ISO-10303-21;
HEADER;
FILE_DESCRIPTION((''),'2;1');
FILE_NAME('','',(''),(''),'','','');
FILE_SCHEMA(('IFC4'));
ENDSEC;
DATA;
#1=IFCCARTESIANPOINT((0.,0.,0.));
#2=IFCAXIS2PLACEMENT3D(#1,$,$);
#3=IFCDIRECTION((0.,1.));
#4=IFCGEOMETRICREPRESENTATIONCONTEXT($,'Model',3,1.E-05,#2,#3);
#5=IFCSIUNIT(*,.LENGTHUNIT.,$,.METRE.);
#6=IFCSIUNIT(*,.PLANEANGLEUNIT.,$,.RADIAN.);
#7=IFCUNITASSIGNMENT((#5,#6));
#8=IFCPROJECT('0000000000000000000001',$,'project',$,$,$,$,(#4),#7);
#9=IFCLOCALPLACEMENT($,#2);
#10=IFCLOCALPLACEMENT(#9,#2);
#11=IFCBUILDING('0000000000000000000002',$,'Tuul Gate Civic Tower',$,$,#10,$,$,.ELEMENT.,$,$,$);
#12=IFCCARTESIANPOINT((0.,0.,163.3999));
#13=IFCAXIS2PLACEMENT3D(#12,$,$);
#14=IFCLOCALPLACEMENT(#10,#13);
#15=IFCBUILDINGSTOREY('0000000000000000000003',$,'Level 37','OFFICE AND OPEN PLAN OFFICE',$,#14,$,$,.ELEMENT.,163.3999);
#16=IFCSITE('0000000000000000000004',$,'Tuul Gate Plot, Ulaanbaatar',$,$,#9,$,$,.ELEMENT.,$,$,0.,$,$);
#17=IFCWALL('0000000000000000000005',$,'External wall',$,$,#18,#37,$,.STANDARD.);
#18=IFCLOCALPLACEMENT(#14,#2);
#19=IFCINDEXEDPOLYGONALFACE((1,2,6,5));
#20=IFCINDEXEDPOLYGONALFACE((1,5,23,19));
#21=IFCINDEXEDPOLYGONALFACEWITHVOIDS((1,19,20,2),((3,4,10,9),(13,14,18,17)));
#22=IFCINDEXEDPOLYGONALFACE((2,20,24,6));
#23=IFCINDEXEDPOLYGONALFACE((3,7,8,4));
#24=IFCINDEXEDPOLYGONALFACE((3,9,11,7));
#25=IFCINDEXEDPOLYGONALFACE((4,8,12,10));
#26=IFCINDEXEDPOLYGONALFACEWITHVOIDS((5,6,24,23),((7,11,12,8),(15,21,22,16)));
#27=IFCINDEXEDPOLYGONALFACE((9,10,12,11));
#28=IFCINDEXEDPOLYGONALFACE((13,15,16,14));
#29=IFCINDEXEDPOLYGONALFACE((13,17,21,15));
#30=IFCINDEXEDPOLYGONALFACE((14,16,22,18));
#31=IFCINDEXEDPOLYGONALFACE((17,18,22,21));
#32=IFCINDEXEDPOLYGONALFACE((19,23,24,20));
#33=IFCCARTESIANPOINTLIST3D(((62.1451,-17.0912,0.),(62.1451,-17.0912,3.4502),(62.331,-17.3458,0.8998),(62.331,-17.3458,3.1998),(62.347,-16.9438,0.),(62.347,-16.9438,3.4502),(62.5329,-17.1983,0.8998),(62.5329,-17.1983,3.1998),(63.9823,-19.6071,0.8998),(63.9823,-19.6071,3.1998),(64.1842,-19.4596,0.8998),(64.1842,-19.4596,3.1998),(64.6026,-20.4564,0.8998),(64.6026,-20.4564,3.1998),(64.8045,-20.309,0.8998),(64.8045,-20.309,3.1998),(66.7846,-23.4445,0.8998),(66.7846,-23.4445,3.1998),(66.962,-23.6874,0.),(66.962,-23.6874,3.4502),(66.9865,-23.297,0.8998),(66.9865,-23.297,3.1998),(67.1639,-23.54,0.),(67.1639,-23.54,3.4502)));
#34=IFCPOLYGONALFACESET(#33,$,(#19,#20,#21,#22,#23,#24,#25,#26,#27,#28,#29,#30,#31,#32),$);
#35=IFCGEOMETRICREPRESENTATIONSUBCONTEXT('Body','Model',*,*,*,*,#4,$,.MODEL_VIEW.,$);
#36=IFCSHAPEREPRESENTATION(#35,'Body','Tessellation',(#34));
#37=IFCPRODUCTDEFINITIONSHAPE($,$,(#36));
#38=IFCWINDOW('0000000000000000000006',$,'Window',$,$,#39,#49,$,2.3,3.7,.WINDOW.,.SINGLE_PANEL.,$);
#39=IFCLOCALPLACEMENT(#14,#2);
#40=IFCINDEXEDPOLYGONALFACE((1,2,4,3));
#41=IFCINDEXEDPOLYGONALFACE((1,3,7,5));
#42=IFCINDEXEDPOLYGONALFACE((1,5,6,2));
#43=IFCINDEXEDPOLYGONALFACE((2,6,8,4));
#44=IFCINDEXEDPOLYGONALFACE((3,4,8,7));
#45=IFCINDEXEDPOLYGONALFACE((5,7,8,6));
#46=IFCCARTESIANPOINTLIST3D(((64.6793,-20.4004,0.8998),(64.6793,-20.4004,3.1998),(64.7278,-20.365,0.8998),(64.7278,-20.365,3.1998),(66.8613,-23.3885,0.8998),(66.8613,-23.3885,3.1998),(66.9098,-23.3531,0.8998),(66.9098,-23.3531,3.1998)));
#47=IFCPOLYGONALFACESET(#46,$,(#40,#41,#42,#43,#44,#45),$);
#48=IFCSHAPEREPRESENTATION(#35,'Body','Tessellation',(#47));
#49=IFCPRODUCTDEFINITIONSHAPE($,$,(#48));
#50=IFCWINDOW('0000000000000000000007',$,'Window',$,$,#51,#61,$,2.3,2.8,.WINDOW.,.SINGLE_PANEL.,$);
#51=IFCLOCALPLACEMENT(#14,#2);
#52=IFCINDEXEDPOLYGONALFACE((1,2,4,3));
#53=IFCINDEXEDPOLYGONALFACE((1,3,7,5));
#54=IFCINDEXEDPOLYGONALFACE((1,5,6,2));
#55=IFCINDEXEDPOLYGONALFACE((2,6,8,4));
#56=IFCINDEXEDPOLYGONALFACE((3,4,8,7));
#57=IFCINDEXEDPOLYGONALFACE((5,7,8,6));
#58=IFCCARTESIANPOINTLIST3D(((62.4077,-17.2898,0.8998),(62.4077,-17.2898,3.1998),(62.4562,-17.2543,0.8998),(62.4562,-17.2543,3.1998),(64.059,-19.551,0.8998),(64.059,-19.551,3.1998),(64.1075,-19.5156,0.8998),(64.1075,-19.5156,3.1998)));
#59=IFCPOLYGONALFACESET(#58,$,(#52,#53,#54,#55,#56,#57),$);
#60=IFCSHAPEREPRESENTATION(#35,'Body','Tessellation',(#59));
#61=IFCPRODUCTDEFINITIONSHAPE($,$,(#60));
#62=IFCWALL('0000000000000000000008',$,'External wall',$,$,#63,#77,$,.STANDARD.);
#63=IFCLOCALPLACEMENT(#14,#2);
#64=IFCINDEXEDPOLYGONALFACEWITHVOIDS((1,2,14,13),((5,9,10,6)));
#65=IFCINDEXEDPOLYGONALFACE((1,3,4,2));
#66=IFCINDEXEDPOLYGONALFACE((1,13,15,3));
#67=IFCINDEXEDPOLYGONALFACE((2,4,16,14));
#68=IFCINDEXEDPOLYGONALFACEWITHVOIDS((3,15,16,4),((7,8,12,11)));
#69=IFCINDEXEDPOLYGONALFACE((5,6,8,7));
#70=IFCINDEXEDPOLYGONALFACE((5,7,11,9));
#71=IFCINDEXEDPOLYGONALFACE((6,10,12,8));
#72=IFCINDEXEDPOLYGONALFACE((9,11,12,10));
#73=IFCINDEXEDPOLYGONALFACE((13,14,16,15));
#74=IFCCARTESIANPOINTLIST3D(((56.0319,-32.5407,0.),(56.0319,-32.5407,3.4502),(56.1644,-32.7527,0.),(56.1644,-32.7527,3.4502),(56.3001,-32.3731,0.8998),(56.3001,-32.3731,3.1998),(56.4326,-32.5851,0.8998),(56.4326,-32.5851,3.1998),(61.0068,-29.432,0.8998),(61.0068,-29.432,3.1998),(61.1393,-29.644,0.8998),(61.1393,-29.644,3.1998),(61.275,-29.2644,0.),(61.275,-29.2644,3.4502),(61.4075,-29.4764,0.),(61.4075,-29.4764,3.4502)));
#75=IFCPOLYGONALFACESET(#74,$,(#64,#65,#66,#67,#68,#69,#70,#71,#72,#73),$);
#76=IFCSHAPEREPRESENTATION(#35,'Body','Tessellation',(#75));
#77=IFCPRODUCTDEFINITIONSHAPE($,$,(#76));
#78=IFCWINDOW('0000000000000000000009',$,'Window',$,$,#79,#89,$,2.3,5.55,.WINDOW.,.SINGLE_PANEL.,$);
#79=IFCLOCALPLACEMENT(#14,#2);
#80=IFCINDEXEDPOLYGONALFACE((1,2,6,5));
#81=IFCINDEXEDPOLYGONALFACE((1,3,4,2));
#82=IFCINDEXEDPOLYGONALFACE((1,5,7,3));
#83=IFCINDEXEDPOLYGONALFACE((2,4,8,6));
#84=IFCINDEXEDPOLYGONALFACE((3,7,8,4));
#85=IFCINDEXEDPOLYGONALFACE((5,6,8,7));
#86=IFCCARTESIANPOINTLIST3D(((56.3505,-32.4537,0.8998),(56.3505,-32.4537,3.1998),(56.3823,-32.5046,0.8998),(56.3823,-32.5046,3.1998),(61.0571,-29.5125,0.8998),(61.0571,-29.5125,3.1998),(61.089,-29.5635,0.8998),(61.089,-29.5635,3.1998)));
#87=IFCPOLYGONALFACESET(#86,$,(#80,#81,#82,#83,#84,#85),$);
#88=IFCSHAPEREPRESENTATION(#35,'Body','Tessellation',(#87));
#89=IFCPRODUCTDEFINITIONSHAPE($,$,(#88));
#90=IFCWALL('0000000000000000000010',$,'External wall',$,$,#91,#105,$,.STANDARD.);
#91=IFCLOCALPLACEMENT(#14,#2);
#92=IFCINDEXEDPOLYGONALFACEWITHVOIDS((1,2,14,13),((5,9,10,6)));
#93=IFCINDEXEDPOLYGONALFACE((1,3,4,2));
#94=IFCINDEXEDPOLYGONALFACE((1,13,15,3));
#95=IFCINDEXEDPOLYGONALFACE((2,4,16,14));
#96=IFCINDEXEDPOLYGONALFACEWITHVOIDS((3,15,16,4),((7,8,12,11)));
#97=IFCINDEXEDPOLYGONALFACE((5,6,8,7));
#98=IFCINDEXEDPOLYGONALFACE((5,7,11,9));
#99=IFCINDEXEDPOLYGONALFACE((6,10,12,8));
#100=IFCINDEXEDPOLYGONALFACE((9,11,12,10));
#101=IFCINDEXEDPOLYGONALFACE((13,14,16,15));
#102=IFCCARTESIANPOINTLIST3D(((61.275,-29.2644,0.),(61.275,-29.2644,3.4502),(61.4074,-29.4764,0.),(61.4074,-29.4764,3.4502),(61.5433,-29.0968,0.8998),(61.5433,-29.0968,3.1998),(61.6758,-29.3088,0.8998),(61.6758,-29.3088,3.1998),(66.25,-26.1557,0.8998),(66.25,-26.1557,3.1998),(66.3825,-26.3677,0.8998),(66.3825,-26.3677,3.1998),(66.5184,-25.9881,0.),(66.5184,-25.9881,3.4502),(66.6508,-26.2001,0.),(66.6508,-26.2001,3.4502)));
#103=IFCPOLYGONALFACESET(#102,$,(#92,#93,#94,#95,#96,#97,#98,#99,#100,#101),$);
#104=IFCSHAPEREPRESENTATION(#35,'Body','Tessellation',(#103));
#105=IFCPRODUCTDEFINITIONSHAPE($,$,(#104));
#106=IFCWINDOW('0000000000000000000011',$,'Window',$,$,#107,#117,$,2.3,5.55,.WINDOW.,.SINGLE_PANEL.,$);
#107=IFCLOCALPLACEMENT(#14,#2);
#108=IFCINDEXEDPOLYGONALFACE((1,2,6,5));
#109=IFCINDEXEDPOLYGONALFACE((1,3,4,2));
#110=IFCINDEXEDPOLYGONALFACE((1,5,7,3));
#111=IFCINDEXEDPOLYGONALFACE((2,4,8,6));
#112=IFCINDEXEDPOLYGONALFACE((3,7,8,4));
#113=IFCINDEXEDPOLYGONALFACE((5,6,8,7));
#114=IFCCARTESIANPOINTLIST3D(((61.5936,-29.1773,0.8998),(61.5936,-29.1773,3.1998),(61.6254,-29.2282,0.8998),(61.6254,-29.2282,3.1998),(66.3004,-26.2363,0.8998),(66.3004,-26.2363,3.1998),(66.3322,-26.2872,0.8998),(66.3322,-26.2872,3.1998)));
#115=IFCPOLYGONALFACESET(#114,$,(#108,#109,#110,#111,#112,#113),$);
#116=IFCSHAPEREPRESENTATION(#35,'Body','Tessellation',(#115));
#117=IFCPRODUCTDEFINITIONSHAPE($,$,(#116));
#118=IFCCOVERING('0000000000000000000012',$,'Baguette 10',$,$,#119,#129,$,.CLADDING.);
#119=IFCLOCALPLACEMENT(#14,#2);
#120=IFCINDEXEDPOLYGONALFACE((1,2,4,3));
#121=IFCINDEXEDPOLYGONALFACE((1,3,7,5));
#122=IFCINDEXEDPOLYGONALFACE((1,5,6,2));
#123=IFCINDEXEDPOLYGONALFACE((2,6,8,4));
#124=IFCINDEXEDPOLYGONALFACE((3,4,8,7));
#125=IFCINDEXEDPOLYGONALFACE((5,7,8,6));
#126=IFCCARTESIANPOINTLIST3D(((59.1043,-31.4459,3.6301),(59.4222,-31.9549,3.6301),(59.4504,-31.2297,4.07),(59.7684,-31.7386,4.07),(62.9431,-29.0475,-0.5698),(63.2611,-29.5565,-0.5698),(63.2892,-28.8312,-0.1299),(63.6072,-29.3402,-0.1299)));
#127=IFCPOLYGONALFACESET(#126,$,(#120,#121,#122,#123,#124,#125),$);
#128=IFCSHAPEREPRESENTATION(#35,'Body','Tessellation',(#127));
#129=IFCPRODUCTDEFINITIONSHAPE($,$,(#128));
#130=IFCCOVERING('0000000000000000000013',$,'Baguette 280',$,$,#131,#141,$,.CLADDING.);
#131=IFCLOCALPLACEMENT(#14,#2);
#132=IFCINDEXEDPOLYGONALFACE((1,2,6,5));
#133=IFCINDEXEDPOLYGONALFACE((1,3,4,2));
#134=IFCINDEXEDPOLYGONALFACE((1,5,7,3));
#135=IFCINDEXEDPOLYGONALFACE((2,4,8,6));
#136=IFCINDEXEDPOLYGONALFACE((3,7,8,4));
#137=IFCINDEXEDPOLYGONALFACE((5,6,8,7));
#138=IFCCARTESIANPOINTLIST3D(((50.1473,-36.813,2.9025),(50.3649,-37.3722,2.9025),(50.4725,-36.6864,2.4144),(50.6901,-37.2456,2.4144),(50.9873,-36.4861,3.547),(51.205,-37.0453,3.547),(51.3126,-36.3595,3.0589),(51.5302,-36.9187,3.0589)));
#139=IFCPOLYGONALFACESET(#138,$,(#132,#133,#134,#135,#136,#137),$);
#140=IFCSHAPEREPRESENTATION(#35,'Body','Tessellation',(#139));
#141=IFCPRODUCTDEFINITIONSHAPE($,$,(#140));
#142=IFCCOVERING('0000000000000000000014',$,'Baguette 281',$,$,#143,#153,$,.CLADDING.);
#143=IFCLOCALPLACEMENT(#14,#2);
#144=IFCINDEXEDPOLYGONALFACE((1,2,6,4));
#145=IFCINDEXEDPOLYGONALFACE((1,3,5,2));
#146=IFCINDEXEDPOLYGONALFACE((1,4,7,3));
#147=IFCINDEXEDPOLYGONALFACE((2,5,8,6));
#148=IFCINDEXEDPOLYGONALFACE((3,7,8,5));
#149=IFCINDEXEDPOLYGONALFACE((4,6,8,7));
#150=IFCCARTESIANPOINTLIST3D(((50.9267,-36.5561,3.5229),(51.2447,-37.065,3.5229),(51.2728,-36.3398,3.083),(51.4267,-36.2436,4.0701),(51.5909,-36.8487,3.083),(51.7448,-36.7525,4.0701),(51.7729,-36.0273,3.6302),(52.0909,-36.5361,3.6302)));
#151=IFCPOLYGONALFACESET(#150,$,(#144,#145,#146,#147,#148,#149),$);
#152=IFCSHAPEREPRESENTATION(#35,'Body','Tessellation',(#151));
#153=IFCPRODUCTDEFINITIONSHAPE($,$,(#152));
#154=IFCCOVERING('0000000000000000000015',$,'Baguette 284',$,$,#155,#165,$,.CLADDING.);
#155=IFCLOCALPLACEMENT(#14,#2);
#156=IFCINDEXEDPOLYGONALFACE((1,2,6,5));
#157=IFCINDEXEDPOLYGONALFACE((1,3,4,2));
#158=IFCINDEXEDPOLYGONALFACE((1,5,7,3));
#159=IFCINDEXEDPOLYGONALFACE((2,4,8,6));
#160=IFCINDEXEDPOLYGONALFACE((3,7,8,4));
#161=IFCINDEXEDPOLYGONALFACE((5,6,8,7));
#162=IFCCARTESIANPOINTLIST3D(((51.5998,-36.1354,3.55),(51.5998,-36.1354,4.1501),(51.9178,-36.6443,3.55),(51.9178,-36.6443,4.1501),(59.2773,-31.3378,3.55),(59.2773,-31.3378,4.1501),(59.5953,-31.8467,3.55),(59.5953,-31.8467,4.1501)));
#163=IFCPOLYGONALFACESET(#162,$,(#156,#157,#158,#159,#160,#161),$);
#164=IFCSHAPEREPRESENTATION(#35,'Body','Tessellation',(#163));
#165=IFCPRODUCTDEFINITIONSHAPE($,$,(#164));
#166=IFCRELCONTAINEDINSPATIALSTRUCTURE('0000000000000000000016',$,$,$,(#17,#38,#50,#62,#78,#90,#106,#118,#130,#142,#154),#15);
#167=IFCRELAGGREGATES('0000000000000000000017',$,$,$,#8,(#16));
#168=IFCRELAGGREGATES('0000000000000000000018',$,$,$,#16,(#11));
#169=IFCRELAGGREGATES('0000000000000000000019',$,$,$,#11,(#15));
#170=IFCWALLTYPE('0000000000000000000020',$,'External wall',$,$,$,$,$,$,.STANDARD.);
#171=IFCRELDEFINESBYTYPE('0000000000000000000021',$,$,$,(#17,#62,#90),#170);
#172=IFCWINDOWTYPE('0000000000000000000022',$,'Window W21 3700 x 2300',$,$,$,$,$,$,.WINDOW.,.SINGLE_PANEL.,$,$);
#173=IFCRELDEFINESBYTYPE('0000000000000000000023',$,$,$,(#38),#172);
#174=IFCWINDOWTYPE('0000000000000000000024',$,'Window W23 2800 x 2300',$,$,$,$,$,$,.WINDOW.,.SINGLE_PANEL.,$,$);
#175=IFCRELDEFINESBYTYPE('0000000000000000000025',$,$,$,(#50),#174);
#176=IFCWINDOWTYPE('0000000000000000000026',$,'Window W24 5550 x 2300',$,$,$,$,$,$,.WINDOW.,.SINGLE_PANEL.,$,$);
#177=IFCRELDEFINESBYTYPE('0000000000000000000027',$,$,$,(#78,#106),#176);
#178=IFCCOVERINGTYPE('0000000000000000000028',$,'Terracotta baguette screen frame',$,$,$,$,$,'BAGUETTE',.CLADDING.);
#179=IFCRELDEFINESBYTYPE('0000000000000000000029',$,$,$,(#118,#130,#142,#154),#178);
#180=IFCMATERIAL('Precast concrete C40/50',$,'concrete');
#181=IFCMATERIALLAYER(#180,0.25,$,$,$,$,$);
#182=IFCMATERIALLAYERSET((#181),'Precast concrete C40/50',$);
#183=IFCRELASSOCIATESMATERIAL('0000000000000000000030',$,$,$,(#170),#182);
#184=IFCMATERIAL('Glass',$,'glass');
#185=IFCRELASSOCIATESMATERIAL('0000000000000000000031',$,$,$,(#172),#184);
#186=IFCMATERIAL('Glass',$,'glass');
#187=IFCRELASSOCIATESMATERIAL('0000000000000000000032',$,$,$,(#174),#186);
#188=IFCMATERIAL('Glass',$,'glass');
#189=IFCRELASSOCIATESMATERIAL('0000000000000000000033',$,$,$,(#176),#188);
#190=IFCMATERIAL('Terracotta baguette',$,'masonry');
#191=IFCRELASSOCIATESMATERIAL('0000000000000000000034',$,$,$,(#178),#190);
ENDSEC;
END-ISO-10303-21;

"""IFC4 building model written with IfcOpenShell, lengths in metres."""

from ifc_helpers import new_model, si_unit, direction, frame, frame_2d, origin, origin_2d, place, context, subcontext, project, spatial, rectangle, extrude, material, layer, layer_set, material_profile, profile_set, type_object, element, fill, save


model = new_model("IFC4")

# Units and contexts
model_context = context("Model", 3, precision=1e-05, world=origin(), true_north=direction((0.0, 1.0)))
body_context = subcontext(model_context, "Body", "Model", "MODEL_VIEW")
ifc_project = project(units=[si_unit("LENGTHUNIT", "METRE"), si_unit("PLANEANGLEUNIT", "RADIAN")], contexts=[model_context])

# Site, building, storey
site_placement = place(None, origin())
site = spatial("IfcSite", under=ifc_project, at=site_placement, Name="Tuul Gate Plot, Ulaanbaatar", CompositionType="ELEMENT", RefElevation=0.0)
building_placement = place(site_placement, origin())
building = spatial("IfcBuilding", under=site, at=building_placement, Name="Tuul Gate Civic Tower", CompositionType="ELEMENT")
storey_placement = place(building_placement, frame((0.0, 0.0, 163.3999)))
storey = spatial("IfcBuildingStorey", under=building, at=storey_placement, Name="Level 37", Description="OFFICE AND OPEN PLAN OFFICE", CompositionType="ELEMENT", Elevation=163.3999)

# Shared definitions
ifc_material_1 = material(Name="Precast concrete C40/50", Category="concrete")
ifc_layer = layer(ifc_material_1, 0.25)
ifc_layer_set = layer_set([ifc_layer], Name="Precast concrete C40/50")
wall_type = type_object("IfcWallType", Name="External wall", PredefinedType="STANDARD", material=ifc_layer_set)

# Wall, openings, windows
wall_1_placement = place(storey_placement, frame((67.063, -23.6138, 0.0), z_axis=(0.0, 0.0, 1.0), x_axis=(-0.589745, 0.807589, 0.0)))
wall_1 = element("IfcWall", 1, at=wall_1_placement, inside=storey, type_object=wall_type, Name="External wall", PredefinedType="STANDARD", context=body_context, shape_type="SweptSolid", body=[
    extrude(rectangle(XDim=8.1677, YDim=0.25, at=frame_2d((4.084, 0.0))), origin(), (0.0, 0.0, 1.0), 3.4502),
])
opening_1_placement = place(wall_1_placement, frame((0.3008, 0.0, 0.8999)))
opening_1 = element("IfcOpeningElement", 2, at=opening_1_placement, cuts=wall_1, PredefinedType="OPENING", context=body_context, shape_type="SweptSolid", body=[
    extrude(rectangle(XDim=3.7, YDim=2.3, at=frame_2d((1.8501, 1.1499))), frame((0.0, 0.135, 0.0), z_axis=(0.0, -1.0, 0.0), x_axis=(1.0, 0.0, 0.0)), (0.0, 0.0, 1.0), 0.27),
])
opening_2_placement = place(wall_1_placement, frame((5.0527, 0.0, 0.8999)))
opening_2 = element("IfcOpeningElement", 3, at=opening_2_placement, cuts=wall_1, PredefinedType="OPENING", context=body_context, shape_type="SweptSolid", body=[
    extrude(rectangle(XDim=2.8, YDim=2.3, at=frame_2d((1.3999, 1.1499))), frame((0.0, 0.135, 0.0), z_axis=(0.0, -1.0, 0.0), x_axis=(1.0, 0.0, 0.0)), (0.0, 0.0, 1.0), 0.27),
])
ifc_material_2 = material(Name="Glass", Category="glass")
window_type_1 = type_object("IfcWindowType", Name="Window W21 3700 x 2300", PartitioningType="SINGLE_PANEL", PredefinedType="WINDOW", material=ifc_material_2)
window_1_placement = place(opening_1_placement, origin())
window_1 = element("IfcWindow", 4, at=window_1_placement, inside=storey, type_object=window_type_1, Name="Window", OverallHeight=2.3, OverallWidth=3.7, PartitioningType="SINGLE_PANEL", PredefinedType="WINDOW", context=body_context, shape_type="SweptSolid", body=[
    extrude(rectangle(XDim=3.7, YDim=2.3, at=frame_2d((1.8501, 1.1499))), frame((0.0, 0.03, 0.0), z_axis=(0.0, -1.0, 0.0), x_axis=(1.0, 0.0, 0.0)), (0.0, 0.0, 1.0), 0.0601),
])
fill(opening_1, window_1)
ifc_material_3 = material(Name="Glass", Category="glass")
window_type_2 = type_object("IfcWindowType", Name="Window W23 2800 x 2300", PartitioningType="SINGLE_PANEL", PredefinedType="WINDOW", material=ifc_material_3)
window_2_placement = place(opening_2_placement, origin())
window_2 = element("IfcWindow", 5, at=window_2_placement, inside=storey, type_object=window_type_2, Name="Window", OverallHeight=2.3, OverallWidth=2.8, PartitioningType="SINGLE_PANEL", PredefinedType="WINDOW", context=body_context, shape_type="SweptSolid", body=[
    extrude(rectangle(XDim=2.8, YDim=2.3, at=frame_2d((1.3999, 1.1499))), frame((0.0, 0.03, 0.0), z_axis=(0.0, -1.0, 0.0), x_axis=(1.0, 0.0, 0.0)), (0.0, 0.0, 1.0), 0.0601),
])
fill(opening_2, window_2)

# Walls, openings, windows
wall_2_placement = place(storey_placement, frame((56.0981, -32.6467, 0.0), z_axis=(0.0, 0.0, 1.0), x_axis=(0.848043, 0.529928, 0.0)))
wall_2 = element("IfcWall", 6, at=wall_2_placement, inside=storey, type_object=wall_type, Name="External wall", PredefinedType="STANDARD", context=body_context, shape_type="SweptSolid", body=[
    extrude(rectangle(XDim=6.1826, YDim=0.25, at=frame_2d((3.0913, 0.0))), origin(), (0.0, 0.0, 1.0), 3.4502),
])
opening_3_placement = place(wall_2_placement, frame((0.3164, 0.0, 0.8999)))
opening_3 = element("IfcOpeningElement", 7, at=opening_3_placement, cuts=wall_2, PredefinedType="OPENING", context=body_context, shape_type="SweptSolid", body=[
    extrude(rectangle(XDim=5.55, YDim=2.3, at=frame_2d((2.7749, 1.1499))), frame((0.0, 0.135, 0.0), z_axis=(0.0, -1.0, 0.0), x_axis=(1.0, 0.0, 0.0)), (0.0, 0.0, 1.0), 0.27),
])
ifc_material_4 = material(Name="Glass", Category="glass")
window_type_3 = type_object("IfcWindowType", Name="Window W24 5550 x 2300", PartitioningType="SINGLE_PANEL", PredefinedType="WINDOW", material=ifc_material_4)
window_3_placement = place(opening_3_placement, origin())
window_3 = element("IfcWindow", 8, at=window_3_placement, inside=storey, type_object=window_type_3, Name="Window", OverallHeight=2.3, OverallWidth=5.55, PartitioningType="SINGLE_PANEL", PredefinedType="WINDOW", context=body_context, shape_type="SweptSolid", body=[
    extrude(rectangle(XDim=5.55, YDim=2.3, at=frame_2d((2.7749, 1.1499))), frame((0.0, 0.03, 0.0), z_axis=(0.0, -1.0, 0.0), x_axis=(1.0, 0.0, 0.0)), (0.0, 0.0, 1.0), 0.0601),
])
fill(opening_3, window_3)
wall_3_placement = place(storey_placement, frame((61.3413, -29.3704, 0.0), z_axis=(0.0, 0.0, 1.0), x_axis=(0.848054, 0.52991, 0.0)))
wall_3 = element("IfcWall", 9, at=wall_3_placement, inside=storey, type_object=wall_type, Name="External wall", PredefinedType="STANDARD", context=body_context, shape_type="SweptSolid", body=[
    extrude(rectangle(XDim=6.1829, YDim=0.25, at=frame_2d((3.0913, 0.0))), origin(), (0.0, 0.0, 1.0), 3.4502),
])
opening_4_placement = place(wall_3_placement, frame((0.3164, 0.0, 0.8999)))
opening_4 = element("IfcOpeningElement", 10, at=opening_4_placement, cuts=wall_3, PredefinedType="OPENING", context=body_context, shape_type="SweptSolid", body=[
    extrude(rectangle(XDim=5.55, YDim=2.3, at=frame_2d((2.7749, 1.1499))), frame((0.0, 0.135, 0.0), z_axis=(0.0, -1.0, 0.0), x_axis=(1.0, 0.0, 0.0)), (0.0, 0.0, 1.0), 0.27),
])
window_4_placement = place(opening_4_placement, origin())
window_4 = element("IfcWindow", 11, at=window_4_placement, inside=storey, type_object=window_type_3, Name="Window", OverallHeight=2.3, OverallWidth=5.55, PartitioningType="SINGLE_PANEL", PredefinedType="WINDOW", context=body_context, shape_type="SweptSolid", body=[
    extrude(rectangle(XDim=5.55, YDim=2.3, at=frame_2d((2.7749, 1.1499))), frame((0.0, 0.03, 0.0), z_axis=(0.0, -1.0, 0.0), x_axis=(1.0, 0.0, 0.0)), (0.0, 0.0, 1.0), 0.0601),
])
fill(opening_4, window_4)

# Coverings
ifc_material_5 = material(Name="Terracotta baguette", Category="masonry")
ifc_material_profile_1 = material_profile(ifc_material_5, rectangle(XDim=0.6001, YDim=0.6001, at=origin_2d()), Name="Terracotta baguette screen frame")
ifc_profile_set_1 = profile_set([ifc_material_profile_1], Name="Terracotta baguette")
covering_type = type_object("IfcCoveringType", Name="Terracotta baguette screen frame", ElementType="BAGUETTE", PredefinedType="CLADDING", material=ifc_profile_set_1)
covering_1_placement = place(storey_placement, frame((63.2751, -29.1938, -0.3499), z_axis=(-0.621692, -0.388419, 0.680169), x_axis=(0.529863, -0.848083, 0.0)))
element("IfcCovering", 12, at=covering_1_placement, inside=storey, type_object=covering_type, Name="Baguette 10", PredefinedType="CLADDING", context=body_context, shape_type="SweptSolid", body=[
    extrude(rectangle(XDim=0.6001, YDim=0.6001, at=origin_2d()), origin(), (0.0, 0.0, 1.0), 6.1748),
])
covering_2_placement = place(storey_placement, frame((50.4187, -37.0293, 2.6584), z_axis=(0.758088, 0.294995, 0.581619), x_axis=(-0.362642, 0.931928, 0.0)))
element("IfcCovering", 13, at=covering_2_placement, inside=storey, type_object=covering_type, Name="Baguette 280", PredefinedType="CLADDING", context=body_context, shape_type="SweptSolid", body=[
    extrude(rectangle(XDim=0.6001, YDim=0.6001, at=origin_2d()), origin(), (0.0, 0.0, 1.0), 1.1082),
])
covering_3_placement = place(storey_placement, frame((51.2588, -36.7024, 3.303), z_axis=(0.621612, 0.388507, 0.680192), x_axis=(-0.529999, 0.847998, 0.0)))
element("IfcCovering", 14, at=covering_3_placement, inside=storey, type_object=covering_type, Name="Baguette 281", PredefinedType="CLADDING", context=body_context, shape_type="SweptSolid", body=[
    extrude(rectangle(XDim=0.6001, YDim=0.6001, at=origin_2d()), origin(), (0.0, 0.0, 1.0), 0.8044),
])
covering_4_placement = place(storey_placement, frame((51.7588, -36.3899, 3.8501), z_axis=(0.848039, 0.529933, 0.0), x_axis=(-0.529933, 0.848039, 0.0)))
element("IfcCovering", 15, at=covering_4_placement, inside=storey, type_object=covering_type, Name="Baguette 284", PredefinedType="CLADDING", context=body_context, shape_type="SweptSolid", body=[
    extrude(rectangle(XDim=0.6001, YDim=0.6001, at=origin_2d()), origin(), (0.0, 0.0, 1.0), 9.0532),
])

save(model, "model.ifc")
